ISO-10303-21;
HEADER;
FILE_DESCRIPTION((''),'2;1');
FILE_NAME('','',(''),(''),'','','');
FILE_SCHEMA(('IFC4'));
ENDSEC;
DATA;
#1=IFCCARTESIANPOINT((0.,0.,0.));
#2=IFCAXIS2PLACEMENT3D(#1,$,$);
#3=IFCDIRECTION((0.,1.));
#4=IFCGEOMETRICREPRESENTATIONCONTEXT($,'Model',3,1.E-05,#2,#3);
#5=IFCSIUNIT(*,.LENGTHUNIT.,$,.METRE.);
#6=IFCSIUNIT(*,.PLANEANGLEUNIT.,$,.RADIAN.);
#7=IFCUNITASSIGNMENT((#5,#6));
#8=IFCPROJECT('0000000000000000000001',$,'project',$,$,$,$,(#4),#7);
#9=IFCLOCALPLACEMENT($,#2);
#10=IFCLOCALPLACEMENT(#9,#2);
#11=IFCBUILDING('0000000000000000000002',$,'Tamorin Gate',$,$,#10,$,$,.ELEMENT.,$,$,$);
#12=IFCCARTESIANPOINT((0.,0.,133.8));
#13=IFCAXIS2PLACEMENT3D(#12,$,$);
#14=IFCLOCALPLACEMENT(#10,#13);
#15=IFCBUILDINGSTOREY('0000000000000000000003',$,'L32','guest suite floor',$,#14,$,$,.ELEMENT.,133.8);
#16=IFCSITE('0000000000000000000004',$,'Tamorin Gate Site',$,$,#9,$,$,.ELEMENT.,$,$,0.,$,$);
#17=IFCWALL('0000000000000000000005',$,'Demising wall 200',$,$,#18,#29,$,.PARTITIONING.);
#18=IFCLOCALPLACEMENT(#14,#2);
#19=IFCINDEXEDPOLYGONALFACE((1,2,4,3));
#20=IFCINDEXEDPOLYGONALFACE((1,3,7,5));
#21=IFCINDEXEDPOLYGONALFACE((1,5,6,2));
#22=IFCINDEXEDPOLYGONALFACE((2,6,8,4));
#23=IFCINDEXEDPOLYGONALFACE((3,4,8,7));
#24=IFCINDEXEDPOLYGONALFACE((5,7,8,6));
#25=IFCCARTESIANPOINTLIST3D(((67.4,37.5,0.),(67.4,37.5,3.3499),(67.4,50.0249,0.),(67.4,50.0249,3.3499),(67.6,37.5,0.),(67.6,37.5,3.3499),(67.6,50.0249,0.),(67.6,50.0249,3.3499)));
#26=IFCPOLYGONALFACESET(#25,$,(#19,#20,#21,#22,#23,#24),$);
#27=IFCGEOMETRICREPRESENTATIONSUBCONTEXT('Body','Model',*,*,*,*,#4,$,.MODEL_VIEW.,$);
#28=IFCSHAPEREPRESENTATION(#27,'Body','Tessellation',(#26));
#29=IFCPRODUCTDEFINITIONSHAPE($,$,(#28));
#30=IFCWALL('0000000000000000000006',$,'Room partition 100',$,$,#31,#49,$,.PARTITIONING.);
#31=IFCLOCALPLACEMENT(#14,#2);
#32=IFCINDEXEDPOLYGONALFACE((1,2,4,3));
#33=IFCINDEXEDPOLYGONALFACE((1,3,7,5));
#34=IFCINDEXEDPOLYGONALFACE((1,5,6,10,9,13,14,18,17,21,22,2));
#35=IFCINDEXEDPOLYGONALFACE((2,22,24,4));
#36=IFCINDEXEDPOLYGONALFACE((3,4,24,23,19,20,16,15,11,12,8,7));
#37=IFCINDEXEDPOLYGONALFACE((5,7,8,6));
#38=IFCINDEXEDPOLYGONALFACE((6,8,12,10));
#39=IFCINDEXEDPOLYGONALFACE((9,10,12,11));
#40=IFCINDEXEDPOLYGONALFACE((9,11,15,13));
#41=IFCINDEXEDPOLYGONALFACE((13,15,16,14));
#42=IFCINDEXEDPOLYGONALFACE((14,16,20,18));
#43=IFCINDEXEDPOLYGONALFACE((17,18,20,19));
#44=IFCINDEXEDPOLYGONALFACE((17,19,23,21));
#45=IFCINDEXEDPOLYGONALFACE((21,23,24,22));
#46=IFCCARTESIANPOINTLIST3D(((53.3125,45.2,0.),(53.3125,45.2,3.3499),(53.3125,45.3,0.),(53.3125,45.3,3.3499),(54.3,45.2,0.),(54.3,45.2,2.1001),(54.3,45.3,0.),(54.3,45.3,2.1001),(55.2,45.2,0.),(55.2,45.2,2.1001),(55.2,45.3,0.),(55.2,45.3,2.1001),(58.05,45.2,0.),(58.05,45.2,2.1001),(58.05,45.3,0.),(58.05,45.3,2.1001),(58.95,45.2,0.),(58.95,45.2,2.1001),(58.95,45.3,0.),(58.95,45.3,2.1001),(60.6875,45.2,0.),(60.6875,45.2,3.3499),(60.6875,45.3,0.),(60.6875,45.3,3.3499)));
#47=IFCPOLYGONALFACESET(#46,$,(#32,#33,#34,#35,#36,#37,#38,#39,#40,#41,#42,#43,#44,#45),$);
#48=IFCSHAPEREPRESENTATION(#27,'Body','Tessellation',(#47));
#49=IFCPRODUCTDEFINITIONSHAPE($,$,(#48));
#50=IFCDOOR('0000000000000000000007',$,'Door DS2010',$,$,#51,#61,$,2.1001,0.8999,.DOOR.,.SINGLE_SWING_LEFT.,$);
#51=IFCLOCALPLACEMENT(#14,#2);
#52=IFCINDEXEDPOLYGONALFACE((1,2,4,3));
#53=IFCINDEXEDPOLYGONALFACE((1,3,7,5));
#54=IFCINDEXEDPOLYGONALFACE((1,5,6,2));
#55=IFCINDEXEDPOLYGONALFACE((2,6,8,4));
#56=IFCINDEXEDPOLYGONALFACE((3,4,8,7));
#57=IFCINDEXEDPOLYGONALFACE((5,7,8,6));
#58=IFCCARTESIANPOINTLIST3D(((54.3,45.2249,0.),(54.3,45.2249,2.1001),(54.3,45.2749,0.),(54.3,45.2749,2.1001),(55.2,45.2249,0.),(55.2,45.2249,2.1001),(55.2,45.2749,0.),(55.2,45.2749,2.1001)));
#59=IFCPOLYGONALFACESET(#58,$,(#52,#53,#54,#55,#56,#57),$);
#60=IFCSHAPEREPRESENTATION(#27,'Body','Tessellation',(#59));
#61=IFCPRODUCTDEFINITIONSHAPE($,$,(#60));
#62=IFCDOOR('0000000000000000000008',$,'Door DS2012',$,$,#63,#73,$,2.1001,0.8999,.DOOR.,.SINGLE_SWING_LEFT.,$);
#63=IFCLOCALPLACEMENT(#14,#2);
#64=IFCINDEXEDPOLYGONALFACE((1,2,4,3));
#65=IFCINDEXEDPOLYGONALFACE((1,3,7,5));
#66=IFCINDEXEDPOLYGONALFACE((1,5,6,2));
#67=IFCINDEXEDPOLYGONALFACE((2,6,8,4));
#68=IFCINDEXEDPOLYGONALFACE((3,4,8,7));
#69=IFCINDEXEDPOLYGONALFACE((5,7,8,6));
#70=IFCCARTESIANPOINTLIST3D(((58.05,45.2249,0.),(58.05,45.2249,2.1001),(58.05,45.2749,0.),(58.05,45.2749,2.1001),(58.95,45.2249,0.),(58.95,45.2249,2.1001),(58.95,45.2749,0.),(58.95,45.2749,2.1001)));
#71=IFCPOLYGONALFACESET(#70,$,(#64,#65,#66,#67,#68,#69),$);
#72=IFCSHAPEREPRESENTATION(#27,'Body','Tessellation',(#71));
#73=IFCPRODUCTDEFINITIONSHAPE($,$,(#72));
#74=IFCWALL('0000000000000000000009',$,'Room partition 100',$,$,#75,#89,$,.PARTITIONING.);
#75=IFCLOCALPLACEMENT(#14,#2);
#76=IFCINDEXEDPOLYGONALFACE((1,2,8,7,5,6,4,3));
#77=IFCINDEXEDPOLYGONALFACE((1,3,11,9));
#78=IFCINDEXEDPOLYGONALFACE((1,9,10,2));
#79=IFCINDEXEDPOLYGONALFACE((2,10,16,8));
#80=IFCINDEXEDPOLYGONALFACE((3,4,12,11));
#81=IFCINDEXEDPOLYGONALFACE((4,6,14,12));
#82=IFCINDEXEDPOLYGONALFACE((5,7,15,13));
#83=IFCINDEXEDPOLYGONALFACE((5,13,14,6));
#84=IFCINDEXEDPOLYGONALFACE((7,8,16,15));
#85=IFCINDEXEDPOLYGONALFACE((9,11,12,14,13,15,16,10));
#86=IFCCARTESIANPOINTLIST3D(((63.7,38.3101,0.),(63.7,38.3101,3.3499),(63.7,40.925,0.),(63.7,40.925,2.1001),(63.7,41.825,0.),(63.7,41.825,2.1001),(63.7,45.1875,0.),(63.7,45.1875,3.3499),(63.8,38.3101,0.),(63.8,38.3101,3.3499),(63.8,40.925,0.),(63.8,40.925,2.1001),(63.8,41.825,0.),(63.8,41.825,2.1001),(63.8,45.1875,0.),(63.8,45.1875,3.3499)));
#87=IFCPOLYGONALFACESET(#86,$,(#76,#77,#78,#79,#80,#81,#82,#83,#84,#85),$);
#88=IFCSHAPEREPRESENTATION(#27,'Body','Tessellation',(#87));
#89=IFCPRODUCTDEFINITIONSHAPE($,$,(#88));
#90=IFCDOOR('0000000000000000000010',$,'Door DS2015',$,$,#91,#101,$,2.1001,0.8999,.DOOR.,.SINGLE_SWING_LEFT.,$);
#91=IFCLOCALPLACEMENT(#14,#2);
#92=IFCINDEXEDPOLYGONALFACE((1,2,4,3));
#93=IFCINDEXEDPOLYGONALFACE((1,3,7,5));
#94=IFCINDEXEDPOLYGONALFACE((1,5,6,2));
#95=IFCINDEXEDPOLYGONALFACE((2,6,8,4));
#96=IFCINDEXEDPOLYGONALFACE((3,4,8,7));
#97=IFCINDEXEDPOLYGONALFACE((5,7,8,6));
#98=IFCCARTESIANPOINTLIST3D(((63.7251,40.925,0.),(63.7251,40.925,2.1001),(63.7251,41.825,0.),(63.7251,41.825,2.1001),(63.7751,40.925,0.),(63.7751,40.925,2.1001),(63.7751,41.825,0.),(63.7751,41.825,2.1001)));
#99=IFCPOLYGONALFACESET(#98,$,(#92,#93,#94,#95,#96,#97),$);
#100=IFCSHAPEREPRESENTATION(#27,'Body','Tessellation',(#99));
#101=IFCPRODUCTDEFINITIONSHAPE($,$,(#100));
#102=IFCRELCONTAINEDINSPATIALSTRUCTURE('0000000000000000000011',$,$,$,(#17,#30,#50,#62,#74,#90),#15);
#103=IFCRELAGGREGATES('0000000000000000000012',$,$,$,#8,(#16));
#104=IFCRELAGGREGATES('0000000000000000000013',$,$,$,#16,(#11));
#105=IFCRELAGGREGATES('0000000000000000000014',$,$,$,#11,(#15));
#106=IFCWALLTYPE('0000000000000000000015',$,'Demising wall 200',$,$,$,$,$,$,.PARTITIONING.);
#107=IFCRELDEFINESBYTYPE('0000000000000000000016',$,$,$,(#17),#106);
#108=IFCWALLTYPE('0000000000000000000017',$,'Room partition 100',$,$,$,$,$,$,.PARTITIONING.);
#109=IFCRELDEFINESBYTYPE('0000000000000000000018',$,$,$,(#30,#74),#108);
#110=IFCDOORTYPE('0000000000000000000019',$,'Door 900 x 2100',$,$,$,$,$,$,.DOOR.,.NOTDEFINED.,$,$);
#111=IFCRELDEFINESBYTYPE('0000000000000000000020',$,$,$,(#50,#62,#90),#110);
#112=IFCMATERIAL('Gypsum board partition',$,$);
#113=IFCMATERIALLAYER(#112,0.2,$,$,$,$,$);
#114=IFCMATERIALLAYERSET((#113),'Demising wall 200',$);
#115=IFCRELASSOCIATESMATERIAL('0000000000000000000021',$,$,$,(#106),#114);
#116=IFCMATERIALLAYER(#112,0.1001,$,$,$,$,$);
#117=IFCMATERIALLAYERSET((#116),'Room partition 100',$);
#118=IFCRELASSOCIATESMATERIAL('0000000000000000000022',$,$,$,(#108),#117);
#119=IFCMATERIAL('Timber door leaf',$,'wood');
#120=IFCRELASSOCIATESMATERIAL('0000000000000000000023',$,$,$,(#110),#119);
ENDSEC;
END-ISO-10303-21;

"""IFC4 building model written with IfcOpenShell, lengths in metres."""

from ifc_helpers import new_model, si_unit, direction, frame, frame_2d, origin, place, context, subcontext, project, spatial, rectangle, extrude, material, layer, layer_set, type_object, element, fill, save


model = new_model("IFC4")

# Units and contexts
model_context = context("Model", 3, precision=1e-05, world=origin(), true_north=direction((0.0, 1.0)))
body_context = subcontext(model_context, "Body", "Model", "MODEL_VIEW")
ifc_project = project(units=[si_unit("LENGTHUNIT", "METRE"), si_unit("PLANEANGLEUNIT", "RADIAN")], contexts=[model_context])

# Site, building, storey
site_placement = place(None, origin())
site = spatial("IfcSite", under=ifc_project, at=site_placement, Name="Tamorin Gate Site", CompositionType="ELEMENT", RefElevation=0.0)
building_placement = place(site_placement, origin())
building = spatial("IfcBuilding", under=site, at=building_placement, Name="Tamorin Gate", CompositionType="ELEMENT")
storey_placement = place(building_placement, frame((0.0, 0.0, 133.8)))
storey = spatial("IfcBuildingStorey", under=building, at=storey_placement, Name="L32", Description="guest suite floor", CompositionType="ELEMENT", Elevation=133.8)

# Wall
ifc_material_1 = material(Name="Gypsum board partition")
ifc_layer_1 = layer(ifc_material_1, 0.2)
ifc_layer_set_1 = layer_set([ifc_layer_1], Name="Demising wall 200")
wall_type_1 = type_object("IfcWallType", Name="Demising wall 200", PredefinedType="PARTITIONING", material=ifc_layer_set_1)
wall_1_placement = place(storey_placement, frame((67.5, 37.5, 0.0), z_axis=(0.0, 0.0, 1.0), x_axis=(0.0, 1.0, 0.0)))
element("IfcWall", 1, at=wall_1_placement, inside=storey, type_object=wall_type_1, Name="Demising wall 200", PredefinedType="PARTITIONING", context=body_context, shape_type="SweptSolid", body=[
    extrude(rectangle(XDim=12.5249, YDim=0.2, at=frame_2d((6.2625, 0.0))), origin(), (0.0, 0.0, 1.0), 3.3499),
])

# Wall, openings, doors
ifc_layer_2 = layer(ifc_material_1, 0.1001)
ifc_layer_set_2 = layer_set([ifc_layer_2], Name="Room partition 100")
wall_type_2 = type_object("IfcWallType", Name="Room partition 100", PredefinedType="PARTITIONING", material=ifc_layer_set_2)
wall_2_placement = place(storey_placement, frame((53.3125, 45.25, 0.0), z_axis=(0.0, 0.0, 1.0), x_axis=(1.0, 0.0, 0.0)))
wall_2 = element("IfcWall", 2, at=wall_2_placement, inside=storey, type_object=wall_type_2, Name="Room partition 100", PredefinedType="PARTITIONING", context=body_context, shape_type="SweptSolid", body=[
    extrude(rectangle(XDim=7.375, YDim=0.1001, at=frame_2d((3.6875, 0.0))), origin(), (0.0, 0.0, 1.0), 3.3499),
])
opening_1_placement = place(wall_2_placement, frame((0.9875, 0.0, 0.0)))
opening_1 = element("IfcOpeningElement", 3, at=opening_1_placement, cuts=wall_2, PredefinedType="OPENING", context=body_context, shape_type="SweptSolid", body=[
    extrude(rectangle(XDim=0.8999, YDim=2.1001, at=frame_2d((0.45, 1.05))), frame((0.0, 0.0601, 0.0), z_axis=(0.0, -1.0, 0.0), x_axis=(1.0, 0.0, 0.0)), (0.0, 0.0, 1.0), 0.1201),
])
opening_2_placement = place(wall_2_placement, frame((4.7375, 0.0, 0.0)))
opening_2 = element("IfcOpeningElement", 4, at=opening_2_placement, cuts=wall_2, PredefinedType="OPENING", context=body_context, shape_type="SweptSolid", body=[
    extrude(rectangle(XDim=0.8999, YDim=2.1001, at=frame_2d((0.45, 1.05))), frame((0.0, 0.0601, 0.0), z_axis=(0.0, -1.0, 0.0), x_axis=(1.0, 0.0, 0.0)), (0.0, 0.0, 1.0), 0.1201),
])
ifc_material_2 = material(Name="Timber door leaf", Category="wood")
door_type = type_object("IfcDoorType", Name="Door 900 x 2100", OperationType="NOTDEFINED", PredefinedType="DOOR", material=ifc_material_2)
door_1_placement = place(opening_1_placement, origin())
door_1 = element("IfcDoor", 5, at=door_1_placement, inside=storey, type_object=door_type, Name="Door DS2010", OperationType="SINGLE_SWING_LEFT", OverallHeight=2.1001, OverallWidth=0.8999, PredefinedType="DOOR", context=body_context, shape_type="SweptSolid", body=[
    extrude(rectangle(XDim=0.8999, YDim=2.1001, at=frame_2d((0.45, 1.05))), frame((0.0, 0.0249, 0.0), z_axis=(0.0, -1.0, 0.0), x_axis=(1.0, 0.0, 0.0)), (0.0, 0.0, 1.0), 0.05),
])
fill(opening_1, door_1)
door_2_placement = place(opening_2_placement, origin())
door_2 = element("IfcDoor", 6, at=door_2_placement, inside=storey, type_object=door_type, Name="Door DS2012", OperationType="SINGLE_SWING_LEFT", OverallHeight=2.1001, OverallWidth=0.8999, PredefinedType="DOOR", context=body_context, shape_type="SweptSolid", body=[
    extrude(rectangle(XDim=0.8999, YDim=2.1001, at=frame_2d((0.45, 1.05))), frame((0.0, 0.0249, 0.0), z_axis=(0.0, -1.0, 0.0), x_axis=(1.0, 0.0, 0.0)), (0.0, 0.0, 1.0), 0.05),
])
fill(opening_2, door_2)

# Wall, opening, door
wall_3_placement = place(storey_placement, frame((63.75, 38.3101, 0.0), z_axis=(0.0, 0.0, 1.0), x_axis=(0.0, 1.0, 0.0)))
wall_3 = element("IfcWall", 7, at=wall_3_placement, inside=storey, type_object=wall_type_2, Name="Room partition 100", PredefinedType="PARTITIONING", context=body_context, shape_type="SweptSolid", body=[
    extrude(rectangle(XDim=6.8774, YDim=0.1001, at=frame_2d((3.4387, 0.0))), origin(), (0.0, 0.0, 1.0), 3.3499),
])
opening_3_placement = place(wall_3_placement, frame((2.615, 0.0, 0.0)))
opening_3 = element("IfcOpeningElement", 8, at=opening_3_placement, cuts=wall_3, PredefinedType="OPENING", context=body_context, shape_type="SweptSolid", body=[
    extrude(rectangle(XDim=0.8999, YDim=2.1001, at=frame_2d((0.45, 1.05))), frame((0.0, 0.0601, 0.0), z_axis=(0.0, -1.0, 0.0), x_axis=(1.0, 0.0, 0.0)), (0.0, 0.0, 1.0), 0.1201),
])
door_3_placement = place(opening_3_placement, origin())
door_3 = element("IfcDoor", 9, at=door_3_placement, inside=storey, type_object=door_type, Name="Door DS2015", OperationType="SINGLE_SWING_LEFT", OverallHeight=2.1001, OverallWidth=0.8999, PredefinedType="DOOR", context=body_context, shape_type="SweptSolid", body=[
    extrude(rectangle(XDim=0.8999, YDim=2.1001, at=frame_2d((0.45, 1.05))), frame((0.0, 0.0249, 0.0), z_axis=(0.0, -1.0, 0.0), x_axis=(1.0, 0.0, 0.0)), (0.0, 0.0, 1.0), 0.05),
])
fill(opening_3, door_3)

save(model, "model.ifc")
